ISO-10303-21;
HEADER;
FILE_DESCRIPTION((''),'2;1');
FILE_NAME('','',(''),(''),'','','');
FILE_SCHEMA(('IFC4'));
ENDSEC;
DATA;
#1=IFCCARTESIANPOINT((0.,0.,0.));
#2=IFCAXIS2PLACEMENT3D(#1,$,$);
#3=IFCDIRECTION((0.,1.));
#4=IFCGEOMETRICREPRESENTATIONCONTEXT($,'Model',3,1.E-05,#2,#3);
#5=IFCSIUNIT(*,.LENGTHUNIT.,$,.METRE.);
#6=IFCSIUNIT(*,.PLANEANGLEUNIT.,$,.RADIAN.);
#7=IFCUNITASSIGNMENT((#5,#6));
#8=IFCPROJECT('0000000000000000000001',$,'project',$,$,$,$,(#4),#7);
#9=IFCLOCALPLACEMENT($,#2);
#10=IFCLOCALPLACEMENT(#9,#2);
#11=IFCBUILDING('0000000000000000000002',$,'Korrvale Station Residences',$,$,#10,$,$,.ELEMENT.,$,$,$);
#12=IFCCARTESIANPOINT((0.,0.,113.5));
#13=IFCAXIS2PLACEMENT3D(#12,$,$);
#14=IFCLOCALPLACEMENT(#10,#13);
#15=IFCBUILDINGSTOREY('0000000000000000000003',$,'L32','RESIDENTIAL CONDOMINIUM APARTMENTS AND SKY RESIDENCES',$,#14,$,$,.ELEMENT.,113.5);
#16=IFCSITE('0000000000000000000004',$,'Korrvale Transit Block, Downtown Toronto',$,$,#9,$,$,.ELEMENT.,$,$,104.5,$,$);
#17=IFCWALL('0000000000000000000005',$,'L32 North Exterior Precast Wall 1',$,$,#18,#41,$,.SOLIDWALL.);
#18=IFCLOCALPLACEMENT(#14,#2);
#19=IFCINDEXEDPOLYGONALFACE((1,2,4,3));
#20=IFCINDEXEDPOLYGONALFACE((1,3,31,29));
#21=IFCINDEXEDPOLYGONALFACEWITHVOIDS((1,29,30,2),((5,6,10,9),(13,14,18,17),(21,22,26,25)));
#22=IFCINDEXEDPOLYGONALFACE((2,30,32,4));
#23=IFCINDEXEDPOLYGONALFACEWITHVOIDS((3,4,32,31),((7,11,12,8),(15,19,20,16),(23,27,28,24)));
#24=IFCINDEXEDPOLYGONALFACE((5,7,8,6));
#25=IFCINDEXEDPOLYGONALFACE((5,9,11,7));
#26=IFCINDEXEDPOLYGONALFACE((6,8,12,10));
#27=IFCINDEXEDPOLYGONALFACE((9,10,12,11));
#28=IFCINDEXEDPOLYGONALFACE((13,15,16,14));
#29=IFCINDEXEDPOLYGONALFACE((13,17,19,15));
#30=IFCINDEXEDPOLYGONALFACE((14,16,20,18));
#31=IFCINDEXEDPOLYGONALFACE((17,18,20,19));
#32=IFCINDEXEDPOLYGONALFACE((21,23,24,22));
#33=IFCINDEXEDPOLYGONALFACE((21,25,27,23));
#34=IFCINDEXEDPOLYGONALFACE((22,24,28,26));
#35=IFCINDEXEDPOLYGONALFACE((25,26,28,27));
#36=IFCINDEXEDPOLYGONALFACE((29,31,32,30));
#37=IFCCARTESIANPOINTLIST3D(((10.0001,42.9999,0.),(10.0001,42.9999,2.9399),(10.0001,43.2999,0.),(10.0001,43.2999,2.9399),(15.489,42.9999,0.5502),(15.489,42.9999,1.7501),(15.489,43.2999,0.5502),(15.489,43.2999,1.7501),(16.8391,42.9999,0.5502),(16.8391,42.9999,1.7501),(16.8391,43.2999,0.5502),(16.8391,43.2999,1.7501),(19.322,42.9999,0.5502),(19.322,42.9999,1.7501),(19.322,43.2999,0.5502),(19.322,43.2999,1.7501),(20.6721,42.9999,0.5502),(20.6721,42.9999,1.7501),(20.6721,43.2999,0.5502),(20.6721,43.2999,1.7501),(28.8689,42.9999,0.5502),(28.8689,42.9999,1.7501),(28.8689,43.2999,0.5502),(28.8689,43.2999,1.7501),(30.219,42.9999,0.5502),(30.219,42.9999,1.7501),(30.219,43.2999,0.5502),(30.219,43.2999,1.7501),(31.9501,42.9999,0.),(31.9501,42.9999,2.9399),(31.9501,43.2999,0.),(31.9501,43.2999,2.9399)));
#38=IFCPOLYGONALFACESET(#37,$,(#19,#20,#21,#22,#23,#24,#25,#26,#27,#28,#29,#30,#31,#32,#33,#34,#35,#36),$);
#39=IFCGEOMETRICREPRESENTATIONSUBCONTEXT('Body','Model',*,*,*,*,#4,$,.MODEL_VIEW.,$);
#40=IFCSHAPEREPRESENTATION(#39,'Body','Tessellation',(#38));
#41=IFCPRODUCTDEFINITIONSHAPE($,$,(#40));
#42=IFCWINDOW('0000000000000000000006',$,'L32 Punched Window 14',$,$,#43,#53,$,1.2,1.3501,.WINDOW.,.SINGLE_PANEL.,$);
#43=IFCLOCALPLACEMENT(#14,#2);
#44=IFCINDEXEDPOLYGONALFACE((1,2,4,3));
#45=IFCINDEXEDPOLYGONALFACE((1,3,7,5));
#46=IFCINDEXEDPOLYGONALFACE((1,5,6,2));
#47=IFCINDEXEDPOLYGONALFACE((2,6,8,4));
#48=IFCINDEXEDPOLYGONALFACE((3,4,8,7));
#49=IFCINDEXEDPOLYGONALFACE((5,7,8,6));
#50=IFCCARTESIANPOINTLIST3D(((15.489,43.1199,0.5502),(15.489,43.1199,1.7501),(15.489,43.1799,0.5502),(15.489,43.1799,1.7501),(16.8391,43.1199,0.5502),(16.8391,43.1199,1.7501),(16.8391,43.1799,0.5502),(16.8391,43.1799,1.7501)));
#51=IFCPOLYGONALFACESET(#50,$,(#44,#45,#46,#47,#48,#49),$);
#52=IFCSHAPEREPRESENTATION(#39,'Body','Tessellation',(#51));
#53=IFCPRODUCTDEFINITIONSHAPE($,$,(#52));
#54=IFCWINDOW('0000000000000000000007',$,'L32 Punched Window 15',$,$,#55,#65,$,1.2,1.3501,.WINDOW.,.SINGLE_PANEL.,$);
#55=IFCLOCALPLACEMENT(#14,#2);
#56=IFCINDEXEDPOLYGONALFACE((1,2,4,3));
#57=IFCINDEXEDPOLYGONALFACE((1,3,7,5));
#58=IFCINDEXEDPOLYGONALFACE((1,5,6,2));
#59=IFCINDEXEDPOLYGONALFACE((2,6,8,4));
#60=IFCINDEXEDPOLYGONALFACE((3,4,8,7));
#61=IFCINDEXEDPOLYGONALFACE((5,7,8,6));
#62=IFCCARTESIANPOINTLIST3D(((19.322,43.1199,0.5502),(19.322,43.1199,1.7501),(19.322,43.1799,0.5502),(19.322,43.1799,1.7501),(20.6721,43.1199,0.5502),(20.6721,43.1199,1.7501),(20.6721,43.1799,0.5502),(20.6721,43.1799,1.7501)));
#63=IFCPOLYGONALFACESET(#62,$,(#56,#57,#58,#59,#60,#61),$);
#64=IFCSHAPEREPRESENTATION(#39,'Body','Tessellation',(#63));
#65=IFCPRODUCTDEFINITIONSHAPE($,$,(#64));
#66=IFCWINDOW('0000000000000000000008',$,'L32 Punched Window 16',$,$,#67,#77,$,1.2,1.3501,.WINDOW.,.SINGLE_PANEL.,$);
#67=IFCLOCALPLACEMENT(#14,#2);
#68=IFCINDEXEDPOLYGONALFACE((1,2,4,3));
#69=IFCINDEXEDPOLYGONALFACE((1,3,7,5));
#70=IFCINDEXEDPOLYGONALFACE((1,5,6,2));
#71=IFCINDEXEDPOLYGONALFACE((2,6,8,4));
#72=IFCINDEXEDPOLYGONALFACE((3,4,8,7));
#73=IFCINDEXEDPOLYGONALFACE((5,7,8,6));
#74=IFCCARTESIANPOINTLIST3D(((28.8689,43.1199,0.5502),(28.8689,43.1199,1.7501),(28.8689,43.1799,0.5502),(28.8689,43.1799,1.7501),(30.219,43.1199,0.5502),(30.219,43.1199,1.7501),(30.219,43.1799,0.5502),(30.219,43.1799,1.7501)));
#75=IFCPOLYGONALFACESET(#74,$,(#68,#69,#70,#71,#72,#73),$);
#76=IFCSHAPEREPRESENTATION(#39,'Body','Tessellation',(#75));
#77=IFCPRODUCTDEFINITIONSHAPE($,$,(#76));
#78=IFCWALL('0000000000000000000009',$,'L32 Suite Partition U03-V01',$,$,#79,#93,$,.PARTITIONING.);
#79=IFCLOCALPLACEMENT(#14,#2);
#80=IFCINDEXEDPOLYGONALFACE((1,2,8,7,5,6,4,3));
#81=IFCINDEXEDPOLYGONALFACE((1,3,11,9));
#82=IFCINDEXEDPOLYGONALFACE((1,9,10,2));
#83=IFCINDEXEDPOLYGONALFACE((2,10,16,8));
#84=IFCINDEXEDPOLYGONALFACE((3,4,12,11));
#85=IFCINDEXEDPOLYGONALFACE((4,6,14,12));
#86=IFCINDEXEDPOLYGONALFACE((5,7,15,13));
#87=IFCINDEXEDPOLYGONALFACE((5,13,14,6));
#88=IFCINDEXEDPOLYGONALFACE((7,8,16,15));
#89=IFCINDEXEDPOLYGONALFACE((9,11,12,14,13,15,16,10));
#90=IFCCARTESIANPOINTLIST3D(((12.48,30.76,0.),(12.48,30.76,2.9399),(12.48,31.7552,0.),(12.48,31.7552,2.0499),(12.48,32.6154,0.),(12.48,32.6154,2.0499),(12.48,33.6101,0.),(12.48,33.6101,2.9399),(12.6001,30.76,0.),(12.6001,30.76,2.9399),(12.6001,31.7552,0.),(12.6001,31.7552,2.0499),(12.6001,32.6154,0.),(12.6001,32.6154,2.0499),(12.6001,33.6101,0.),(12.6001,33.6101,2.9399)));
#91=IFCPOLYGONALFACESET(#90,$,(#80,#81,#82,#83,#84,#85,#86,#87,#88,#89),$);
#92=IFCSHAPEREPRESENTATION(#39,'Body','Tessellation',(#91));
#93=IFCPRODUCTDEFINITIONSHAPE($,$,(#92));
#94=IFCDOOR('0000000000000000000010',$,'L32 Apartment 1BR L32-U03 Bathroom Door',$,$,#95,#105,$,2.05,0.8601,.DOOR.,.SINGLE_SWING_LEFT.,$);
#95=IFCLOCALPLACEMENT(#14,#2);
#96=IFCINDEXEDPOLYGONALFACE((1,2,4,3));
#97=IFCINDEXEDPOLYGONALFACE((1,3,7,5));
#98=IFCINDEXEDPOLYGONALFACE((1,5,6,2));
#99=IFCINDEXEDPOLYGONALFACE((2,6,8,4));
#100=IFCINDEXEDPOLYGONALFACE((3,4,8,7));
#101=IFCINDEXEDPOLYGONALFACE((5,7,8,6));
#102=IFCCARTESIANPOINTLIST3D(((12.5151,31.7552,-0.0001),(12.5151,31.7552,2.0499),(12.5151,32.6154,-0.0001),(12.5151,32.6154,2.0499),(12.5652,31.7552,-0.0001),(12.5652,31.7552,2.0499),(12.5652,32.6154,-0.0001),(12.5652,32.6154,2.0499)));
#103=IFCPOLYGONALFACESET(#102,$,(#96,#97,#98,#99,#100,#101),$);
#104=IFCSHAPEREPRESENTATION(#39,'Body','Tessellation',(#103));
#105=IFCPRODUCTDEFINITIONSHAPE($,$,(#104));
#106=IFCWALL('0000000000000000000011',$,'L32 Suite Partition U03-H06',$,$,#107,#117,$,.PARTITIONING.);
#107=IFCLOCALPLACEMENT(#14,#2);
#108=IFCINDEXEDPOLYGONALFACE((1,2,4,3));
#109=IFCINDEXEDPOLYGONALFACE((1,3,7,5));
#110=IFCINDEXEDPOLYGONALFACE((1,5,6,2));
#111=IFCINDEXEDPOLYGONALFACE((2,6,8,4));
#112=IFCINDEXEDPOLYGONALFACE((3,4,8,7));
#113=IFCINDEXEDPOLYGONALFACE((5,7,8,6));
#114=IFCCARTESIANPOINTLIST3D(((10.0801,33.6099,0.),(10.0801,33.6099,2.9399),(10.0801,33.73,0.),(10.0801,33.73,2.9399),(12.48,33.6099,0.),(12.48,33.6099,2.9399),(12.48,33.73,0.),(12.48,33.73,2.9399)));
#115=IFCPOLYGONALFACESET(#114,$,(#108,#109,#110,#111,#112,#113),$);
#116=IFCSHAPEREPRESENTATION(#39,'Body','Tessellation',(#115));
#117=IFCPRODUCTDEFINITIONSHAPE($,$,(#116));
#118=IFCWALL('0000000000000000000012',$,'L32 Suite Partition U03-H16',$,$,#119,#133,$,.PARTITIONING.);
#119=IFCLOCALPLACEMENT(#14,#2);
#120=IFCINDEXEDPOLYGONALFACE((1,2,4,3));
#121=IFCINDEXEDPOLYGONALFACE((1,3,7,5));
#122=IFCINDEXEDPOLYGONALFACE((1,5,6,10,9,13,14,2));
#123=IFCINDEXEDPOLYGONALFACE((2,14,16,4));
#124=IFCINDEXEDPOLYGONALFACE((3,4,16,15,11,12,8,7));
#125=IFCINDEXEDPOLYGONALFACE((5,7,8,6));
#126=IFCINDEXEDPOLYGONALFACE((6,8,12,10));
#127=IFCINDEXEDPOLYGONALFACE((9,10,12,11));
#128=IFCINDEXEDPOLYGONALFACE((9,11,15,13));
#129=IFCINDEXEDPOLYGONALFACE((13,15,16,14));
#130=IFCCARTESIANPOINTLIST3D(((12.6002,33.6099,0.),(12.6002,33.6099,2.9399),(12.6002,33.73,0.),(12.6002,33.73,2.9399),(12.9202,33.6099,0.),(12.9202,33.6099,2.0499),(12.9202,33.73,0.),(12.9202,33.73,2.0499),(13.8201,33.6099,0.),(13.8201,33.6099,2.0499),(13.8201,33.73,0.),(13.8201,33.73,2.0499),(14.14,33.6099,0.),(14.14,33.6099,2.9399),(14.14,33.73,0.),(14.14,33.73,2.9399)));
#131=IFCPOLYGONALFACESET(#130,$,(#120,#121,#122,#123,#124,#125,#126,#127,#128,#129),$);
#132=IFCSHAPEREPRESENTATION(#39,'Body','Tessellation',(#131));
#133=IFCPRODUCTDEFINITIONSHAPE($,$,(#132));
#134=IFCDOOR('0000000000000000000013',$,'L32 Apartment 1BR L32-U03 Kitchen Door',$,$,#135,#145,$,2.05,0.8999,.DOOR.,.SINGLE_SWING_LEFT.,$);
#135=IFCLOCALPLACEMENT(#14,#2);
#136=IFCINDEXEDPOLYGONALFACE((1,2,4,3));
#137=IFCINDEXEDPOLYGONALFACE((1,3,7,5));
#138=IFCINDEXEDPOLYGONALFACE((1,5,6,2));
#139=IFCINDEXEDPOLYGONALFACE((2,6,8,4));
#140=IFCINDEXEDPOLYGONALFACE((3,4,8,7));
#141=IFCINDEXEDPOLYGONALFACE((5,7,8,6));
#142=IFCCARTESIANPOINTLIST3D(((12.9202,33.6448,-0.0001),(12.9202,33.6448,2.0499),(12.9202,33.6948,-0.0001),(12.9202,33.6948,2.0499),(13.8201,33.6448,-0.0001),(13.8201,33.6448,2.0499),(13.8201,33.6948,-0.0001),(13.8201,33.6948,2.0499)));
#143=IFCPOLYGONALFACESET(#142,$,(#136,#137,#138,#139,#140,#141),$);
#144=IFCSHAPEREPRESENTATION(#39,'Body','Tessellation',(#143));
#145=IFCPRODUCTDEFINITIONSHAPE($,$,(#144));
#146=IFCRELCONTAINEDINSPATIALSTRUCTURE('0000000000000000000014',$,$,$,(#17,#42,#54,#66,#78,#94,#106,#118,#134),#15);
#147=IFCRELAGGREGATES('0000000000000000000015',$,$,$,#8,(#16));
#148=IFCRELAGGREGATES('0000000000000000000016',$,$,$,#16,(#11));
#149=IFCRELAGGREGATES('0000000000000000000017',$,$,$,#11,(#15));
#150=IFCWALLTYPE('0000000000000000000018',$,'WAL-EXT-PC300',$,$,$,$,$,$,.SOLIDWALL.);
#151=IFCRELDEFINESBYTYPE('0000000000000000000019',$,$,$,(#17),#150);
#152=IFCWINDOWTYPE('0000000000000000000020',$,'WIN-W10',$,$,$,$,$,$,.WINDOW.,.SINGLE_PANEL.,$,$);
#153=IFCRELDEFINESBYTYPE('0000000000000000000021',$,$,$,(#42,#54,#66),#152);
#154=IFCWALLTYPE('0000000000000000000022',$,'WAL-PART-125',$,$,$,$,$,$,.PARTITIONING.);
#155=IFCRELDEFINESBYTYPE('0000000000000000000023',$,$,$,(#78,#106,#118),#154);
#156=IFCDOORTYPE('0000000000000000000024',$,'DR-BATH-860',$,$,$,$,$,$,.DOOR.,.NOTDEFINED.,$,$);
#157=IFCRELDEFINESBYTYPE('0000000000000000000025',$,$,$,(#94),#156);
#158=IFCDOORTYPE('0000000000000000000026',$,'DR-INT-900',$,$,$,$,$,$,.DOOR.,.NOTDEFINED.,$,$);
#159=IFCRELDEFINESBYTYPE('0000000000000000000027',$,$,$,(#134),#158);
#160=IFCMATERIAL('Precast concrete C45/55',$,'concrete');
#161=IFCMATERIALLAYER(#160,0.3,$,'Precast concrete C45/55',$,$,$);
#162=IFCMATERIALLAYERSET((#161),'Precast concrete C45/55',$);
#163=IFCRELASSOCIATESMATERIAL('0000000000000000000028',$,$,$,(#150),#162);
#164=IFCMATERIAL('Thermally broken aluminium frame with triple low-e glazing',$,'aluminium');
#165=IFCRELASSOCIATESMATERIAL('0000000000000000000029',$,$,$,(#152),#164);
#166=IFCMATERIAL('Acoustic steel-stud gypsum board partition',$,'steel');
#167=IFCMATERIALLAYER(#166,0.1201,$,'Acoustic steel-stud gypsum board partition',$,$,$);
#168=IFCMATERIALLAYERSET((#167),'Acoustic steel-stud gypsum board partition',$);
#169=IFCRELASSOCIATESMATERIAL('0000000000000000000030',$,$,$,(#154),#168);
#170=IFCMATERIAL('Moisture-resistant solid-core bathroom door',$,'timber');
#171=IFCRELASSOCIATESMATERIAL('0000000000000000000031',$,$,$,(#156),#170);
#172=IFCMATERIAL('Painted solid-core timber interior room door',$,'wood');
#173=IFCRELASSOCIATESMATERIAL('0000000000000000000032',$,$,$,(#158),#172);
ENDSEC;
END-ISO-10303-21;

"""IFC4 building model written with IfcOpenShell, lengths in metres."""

from ifc_helpers import new_model, si_unit, direction, frame, frame_2d, origin, place, context, subcontext, project, spatial, rectangle, extrude, material, layer, layer_set, type_object, element, fill, save


model = new_model("IFC4")

# Units and contexts
model_context = context("Model", 3, precision=1e-05, world=origin(), true_north=direction((0.0, 1.0)))
body_context = subcontext(model_context, "Body", "Model", "MODEL_VIEW")
ifc_project = project(units=[si_unit("LENGTHUNIT", "METRE"), si_unit("PLANEANGLEUNIT", "RADIAN")], contexts=[model_context])

# Site, building, storey
site_placement = place(None, origin())
site = spatial("IfcSite", under=ifc_project, at=site_placement, Name="Korrvale Transit Block, Downtown Toronto", CompositionType="ELEMENT", RefElevation=104.5)
building_placement = place(site_placement, origin())
building = spatial("IfcBuilding", under=site, at=building_placement, Name="Korrvale Station Residences", CompositionType="ELEMENT")
storey_placement = place(building_placement, frame((0.0, 0.0, 113.5)))
storey = spatial("IfcBuildingStorey", under=building, at=storey_placement, Name="L32", Description="RESIDENTIAL CONDOMINIUM APARTMENTS AND SKY RESIDENCES", CompositionType="ELEMENT", Elevation=113.5)

# Shared definitions
ifc_material_1 = material(Name="Precast concrete C45/55", Category="concrete")

# Wall, openings, windows
ifc_layer_1 = layer(ifc_material_1, 0.3, Name="Precast concrete C45/55")
ifc_layer_set_1 = layer_set([ifc_layer_1], Name="Precast concrete C45/55")
wall_type_1 = type_object("IfcWallType", Name="WAL-EXT-PC300", PredefinedType="SOLIDWALL", material=ifc_layer_set_1)
wall_1_placement = place(storey_placement, frame((10.0, 43.1499, 0.0), z_axis=(0.0, 0.0, 1.0), x_axis=(1.0, 0.0, 0.0)))
wall_1 = element("IfcWall", 1, at=wall_1_placement, inside=storey, type_object=wall_type_1, Name="L32 North Exterior Precast Wall 1", PredefinedType="SOLIDWALL", context=body_context, shape_type="SweptSolid", body=[
    extrude(rectangle(XDim=21.95, YDim=0.3, at=frame_2d((10.9751, 0.0))), origin(), (0.0, 0.0, 1.0), 2.9399),
])
opening_1_placement = place(wall_1_placement, frame((5.489, 0.0, 0.55)))
opening_1 = element("IfcOpeningElement", 2, at=opening_1_placement, cuts=wall_1, PredefinedType="OPENING", context=body_context, shape_type="SweptSolid", body=[
    extrude(rectangle(XDim=1.3501, YDim=1.2, at=frame_2d((0.675, 0.6001))), frame((0.0, 0.1602, 0.0), z_axis=(0.0, -1.0, 0.0), x_axis=(1.0, 0.0, 0.0)), (0.0, 0.0, 1.0), 0.3201),
])
opening_2_placement = place(wall_1_placement, frame((9.322, 0.0, 0.55)))
opening_2 = element("IfcOpeningElement", 3, at=opening_2_placement, cuts=wall_1, PredefinedType="OPENING", context=body_context, shape_type="SweptSolid", body=[
    extrude(rectangle(XDim=1.3501, YDim=1.2, at=frame_2d((0.675, 0.6001))), frame((0.0, 0.1602, 0.0), z_axis=(0.0, -1.0, 0.0), x_axis=(1.0, 0.0, 0.0)), (0.0, 0.0, 1.0), 0.3201),
])
opening_3_placement = place(wall_1_placement, frame((18.8689, 0.0, 0.55)))
opening_3 = element("IfcOpeningElement", 4, at=opening_3_placement, cuts=wall_1, PredefinedType="OPENING", context=body_context, shape_type="SweptSolid", body=[
    extrude(rectangle(XDim=1.3501, YDim=1.2, at=frame_2d((0.675, 0.6001))), frame((0.0, 0.1602, 0.0), z_axis=(0.0, -1.0, 0.0), x_axis=(1.0, 0.0, 0.0)), (0.0, 0.0, 1.0), 0.3201),
])
ifc_material_2 = material(Name="Thermally broken aluminium frame with triple low-e glazing", Category="aluminium")
window_type = type_object("IfcWindowType", Name="WIN-W10", PartitioningType="SINGLE_PANEL", PredefinedType="WINDOW", material=ifc_material_2)
window_1_placement = place(opening_1_placement, origin())
window_1 = element("IfcWindow", 5, at=window_1_placement, inside=storey, type_object=window_type, Name="L32 Punched Window 14", OverallHeight=1.2, OverallWidth=1.3501, PartitioningType="SINGLE_PANEL", PredefinedType="WINDOW", context=body_context, shape_type="SweptSolid", body=[
    extrude(rectangle(XDim=1.3501, YDim=1.2, at=frame_2d((0.675, 0.6001))), frame((0.0, 0.03, 0.0), z_axis=(0.0, -1.0, 0.0), x_axis=(1.0, 0.0, 0.0)), (0.0, 0.0, 1.0), 0.0601),
])
fill(opening_1, window_1)
window_2_placement = place(opening_2_placement, origin())
window_2 = element("IfcWindow", 6, at=window_2_placement, inside=storey, type_object=window_type, Name="L32 Punched Window 15", OverallHeight=1.2, OverallWidth=1.3501, PartitioningType="SINGLE_PANEL", PredefinedType="WINDOW", context=body_context, shape_type="SweptSolid", body=[
    extrude(rectangle(XDim=1.3501, YDim=1.2, at=frame_2d((0.675, 0.6001))), frame((0.0, 0.03, 0.0), z_axis=(0.0, -1.0, 0.0), x_axis=(1.0, 0.0, 0.0)), (0.0, 0.0, 1.0), 0.0601),
])
fill(opening_2, window_2)
window_3_placement = place(opening_3_placement, origin())
window_3 = element("IfcWindow", 7, at=window_3_placement, inside=storey, type_object=window_type, Name="L32 Punched Window 16", OverallHeight=1.2, OverallWidth=1.3501, PartitioningType="SINGLE_PANEL", PredefinedType="WINDOW", context=body_context, shape_type="SweptSolid", body=[
    extrude(rectangle(XDim=1.3501, YDim=1.2, at=frame_2d((0.675, 0.6001))), frame((0.0, 0.03, 0.0), z_axis=(0.0, -1.0, 0.0), x_axis=(1.0, 0.0, 0.0)), (0.0, 0.0, 1.0), 0.0601),
])
fill(opening_3, window_3)

# Wall, opening, door
ifc_material_3 = material(Name="Acoustic steel-stud gypsum board partition", Category="steel")
ifc_layer_2 = layer(ifc_material_3, 0.1201, Name="Acoustic steel-stud gypsum board partition")
ifc_layer_set_2 = layer_set([ifc_layer_2], Name="Acoustic steel-stud gypsum board partition")
wall_type_2 = type_object("IfcWallType", Name="WAL-PART-125", PredefinedType="PARTITIONING", material=ifc_layer_set_2)
wall_2_placement = place(storey_placement, frame((12.54, 30.76, 0.0), z_axis=(0.0, 0.0, 1.0), x_axis=(0.0, 1.0, 0.0)))
wall_2 = element("IfcWall", 8, at=wall_2_placement, inside=storey, type_object=wall_type_2, Name="L32 Suite Partition U03-V01", PredefinedType="PARTITIONING", context=body_context, shape_type="SweptSolid", body=[
    extrude(rectangle(XDim=2.8501, YDim=0.1201, at=frame_2d((1.425, 0.0))), origin(), (0.0, 0.0, 1.0), 2.9399),
])
opening_4_placement = place(wall_2_placement, frame((0.9951, 0.0, 0.0)))
opening_4 = element("IfcOpeningElement", 9, at=opening_4_placement, cuts=wall_2, PredefinedType="OPENING", context=body_context, shape_type="SweptSolid", body=[
    extrude(rectangle(XDim=0.8601, YDim=2.05, at=frame_2d((0.4302, 1.0249))), frame((0.0, 0.0701, 0.0), z_axis=(0.0, -1.0, 0.0), x_axis=(1.0, 0.0, 0.0)), (0.0, 0.0, 1.0), 0.1401),
])
ifc_material_4 = material(Name="Moisture-resistant solid-core bathroom door", Category="timber")
door_type_1 = type_object("IfcDoorType", Name="DR-BATH-860", OperationType="NOTDEFINED", PredefinedType="DOOR", material=ifc_material_4)
door_1_placement = place(opening_4_placement, origin())
door_1 = element("IfcDoor", 10, at=door_1_placement, inside=storey, type_object=door_type_1, Name="L32 Apartment 1BR L32-U03 Bathroom Door", OperationType="SINGLE_SWING_LEFT", OverallHeight=2.05, OverallWidth=0.8601, PredefinedType="DOOR", context=body_context, shape_type="SweptSolid", body=[
    extrude(rectangle(XDim=0.8601, YDim=2.05, at=frame_2d((0.4302, 1.0249))), frame((0.0, 0.0249, 0.0), z_axis=(0.0, -1.0, 0.0), x_axis=(1.0, 0.0, 0.0)), (0.0, 0.0, 1.0), 0.05),
])
fill(opening_4, door_1)

# Wall
wall_3_placement = place(storey_placement, frame((10.0801, 33.6699, 0.0), z_axis=(0.0, 0.0, 1.0), x_axis=(1.0, 0.0, 0.0)))
element("IfcWall", 11, at=wall_3_placement, inside=storey, type_object=wall_type_2, Name="L32 Suite Partition U03-H06", PredefinedType="PARTITIONING", context=body_context, shape_type="SweptSolid", body=[
    extrude(rectangle(XDim=2.3999, YDim=0.1201, at=frame_2d((1.2, 0.0))), origin(), (0.0, 0.0, 1.0), 2.9399),
])

# Wall, opening, door
wall_4_placement = place(storey_placement, frame((12.6001, 33.6699, 0.0), z_axis=(0.0, 0.0, 1.0), x_axis=(1.0, 0.0, 0.0)))
wall_4 = element("IfcWall", 12, at=wall_4_placement, inside=storey, type_object=wall_type_2, Name="L32 Suite Partition U03-H16", PredefinedType="PARTITIONING", context=body_context, shape_type="SweptSolid", body=[
    extrude(rectangle(XDim=1.5398, YDim=0.1201, at=frame_2d((0.77, 0.0))), origin(), (0.0, 0.0, 1.0), 2.9399),
])
opening_5_placement = place(wall_4_placement, frame((0.3201, 0.0, 0.0)))
opening_5 = element("IfcOpeningElement", 13, at=opening_5_placement, cuts=wall_4, PredefinedType="OPENING", context=body_context, shape_type="SweptSolid", body=[
    extrude(rectangle(XDim=0.8999, YDim=2.05, at=frame_2d((0.45, 1.0249))), frame((0.0, 0.0701, 0.0), z_axis=(0.0, -1.0, 0.0), x_axis=(1.0, 0.0, 0.0)), (0.0, 0.0, 1.0), 0.1401),
])
ifc_material_5 = material(Name="Painted solid-core timber interior room door", Category="wood")
door_type_2 = type_object("IfcDoorType", Name="DR-INT-900", OperationType="NOTDEFINED", PredefinedType="DOOR", material=ifc_material_5)
door_2_placement = place(opening_5_placement, origin())
door_2 = element("IfcDoor", 14, at=door_2_placement, inside=storey, type_object=door_type_2, Name="L32 Apartment 1BR L32-U03 Kitchen Door", OperationType="SINGLE_SWING_LEFT", OverallHeight=2.05, OverallWidth=0.8999, PredefinedType="DOOR", context=body_context, shape_type="SweptSolid", body=[
    extrude(rectangle(XDim=0.8999, YDim=2.05, at=frame_2d((0.45, 1.0249))), frame((0.0, 0.0249, 0.0), z_axis=(0.0, -1.0, 0.0), x_axis=(1.0, 0.0, 0.0)), (0.0, 0.0, 1.0), 0.05),
])
fill(opening_5, door_2)

save(model, "model.ifc")
